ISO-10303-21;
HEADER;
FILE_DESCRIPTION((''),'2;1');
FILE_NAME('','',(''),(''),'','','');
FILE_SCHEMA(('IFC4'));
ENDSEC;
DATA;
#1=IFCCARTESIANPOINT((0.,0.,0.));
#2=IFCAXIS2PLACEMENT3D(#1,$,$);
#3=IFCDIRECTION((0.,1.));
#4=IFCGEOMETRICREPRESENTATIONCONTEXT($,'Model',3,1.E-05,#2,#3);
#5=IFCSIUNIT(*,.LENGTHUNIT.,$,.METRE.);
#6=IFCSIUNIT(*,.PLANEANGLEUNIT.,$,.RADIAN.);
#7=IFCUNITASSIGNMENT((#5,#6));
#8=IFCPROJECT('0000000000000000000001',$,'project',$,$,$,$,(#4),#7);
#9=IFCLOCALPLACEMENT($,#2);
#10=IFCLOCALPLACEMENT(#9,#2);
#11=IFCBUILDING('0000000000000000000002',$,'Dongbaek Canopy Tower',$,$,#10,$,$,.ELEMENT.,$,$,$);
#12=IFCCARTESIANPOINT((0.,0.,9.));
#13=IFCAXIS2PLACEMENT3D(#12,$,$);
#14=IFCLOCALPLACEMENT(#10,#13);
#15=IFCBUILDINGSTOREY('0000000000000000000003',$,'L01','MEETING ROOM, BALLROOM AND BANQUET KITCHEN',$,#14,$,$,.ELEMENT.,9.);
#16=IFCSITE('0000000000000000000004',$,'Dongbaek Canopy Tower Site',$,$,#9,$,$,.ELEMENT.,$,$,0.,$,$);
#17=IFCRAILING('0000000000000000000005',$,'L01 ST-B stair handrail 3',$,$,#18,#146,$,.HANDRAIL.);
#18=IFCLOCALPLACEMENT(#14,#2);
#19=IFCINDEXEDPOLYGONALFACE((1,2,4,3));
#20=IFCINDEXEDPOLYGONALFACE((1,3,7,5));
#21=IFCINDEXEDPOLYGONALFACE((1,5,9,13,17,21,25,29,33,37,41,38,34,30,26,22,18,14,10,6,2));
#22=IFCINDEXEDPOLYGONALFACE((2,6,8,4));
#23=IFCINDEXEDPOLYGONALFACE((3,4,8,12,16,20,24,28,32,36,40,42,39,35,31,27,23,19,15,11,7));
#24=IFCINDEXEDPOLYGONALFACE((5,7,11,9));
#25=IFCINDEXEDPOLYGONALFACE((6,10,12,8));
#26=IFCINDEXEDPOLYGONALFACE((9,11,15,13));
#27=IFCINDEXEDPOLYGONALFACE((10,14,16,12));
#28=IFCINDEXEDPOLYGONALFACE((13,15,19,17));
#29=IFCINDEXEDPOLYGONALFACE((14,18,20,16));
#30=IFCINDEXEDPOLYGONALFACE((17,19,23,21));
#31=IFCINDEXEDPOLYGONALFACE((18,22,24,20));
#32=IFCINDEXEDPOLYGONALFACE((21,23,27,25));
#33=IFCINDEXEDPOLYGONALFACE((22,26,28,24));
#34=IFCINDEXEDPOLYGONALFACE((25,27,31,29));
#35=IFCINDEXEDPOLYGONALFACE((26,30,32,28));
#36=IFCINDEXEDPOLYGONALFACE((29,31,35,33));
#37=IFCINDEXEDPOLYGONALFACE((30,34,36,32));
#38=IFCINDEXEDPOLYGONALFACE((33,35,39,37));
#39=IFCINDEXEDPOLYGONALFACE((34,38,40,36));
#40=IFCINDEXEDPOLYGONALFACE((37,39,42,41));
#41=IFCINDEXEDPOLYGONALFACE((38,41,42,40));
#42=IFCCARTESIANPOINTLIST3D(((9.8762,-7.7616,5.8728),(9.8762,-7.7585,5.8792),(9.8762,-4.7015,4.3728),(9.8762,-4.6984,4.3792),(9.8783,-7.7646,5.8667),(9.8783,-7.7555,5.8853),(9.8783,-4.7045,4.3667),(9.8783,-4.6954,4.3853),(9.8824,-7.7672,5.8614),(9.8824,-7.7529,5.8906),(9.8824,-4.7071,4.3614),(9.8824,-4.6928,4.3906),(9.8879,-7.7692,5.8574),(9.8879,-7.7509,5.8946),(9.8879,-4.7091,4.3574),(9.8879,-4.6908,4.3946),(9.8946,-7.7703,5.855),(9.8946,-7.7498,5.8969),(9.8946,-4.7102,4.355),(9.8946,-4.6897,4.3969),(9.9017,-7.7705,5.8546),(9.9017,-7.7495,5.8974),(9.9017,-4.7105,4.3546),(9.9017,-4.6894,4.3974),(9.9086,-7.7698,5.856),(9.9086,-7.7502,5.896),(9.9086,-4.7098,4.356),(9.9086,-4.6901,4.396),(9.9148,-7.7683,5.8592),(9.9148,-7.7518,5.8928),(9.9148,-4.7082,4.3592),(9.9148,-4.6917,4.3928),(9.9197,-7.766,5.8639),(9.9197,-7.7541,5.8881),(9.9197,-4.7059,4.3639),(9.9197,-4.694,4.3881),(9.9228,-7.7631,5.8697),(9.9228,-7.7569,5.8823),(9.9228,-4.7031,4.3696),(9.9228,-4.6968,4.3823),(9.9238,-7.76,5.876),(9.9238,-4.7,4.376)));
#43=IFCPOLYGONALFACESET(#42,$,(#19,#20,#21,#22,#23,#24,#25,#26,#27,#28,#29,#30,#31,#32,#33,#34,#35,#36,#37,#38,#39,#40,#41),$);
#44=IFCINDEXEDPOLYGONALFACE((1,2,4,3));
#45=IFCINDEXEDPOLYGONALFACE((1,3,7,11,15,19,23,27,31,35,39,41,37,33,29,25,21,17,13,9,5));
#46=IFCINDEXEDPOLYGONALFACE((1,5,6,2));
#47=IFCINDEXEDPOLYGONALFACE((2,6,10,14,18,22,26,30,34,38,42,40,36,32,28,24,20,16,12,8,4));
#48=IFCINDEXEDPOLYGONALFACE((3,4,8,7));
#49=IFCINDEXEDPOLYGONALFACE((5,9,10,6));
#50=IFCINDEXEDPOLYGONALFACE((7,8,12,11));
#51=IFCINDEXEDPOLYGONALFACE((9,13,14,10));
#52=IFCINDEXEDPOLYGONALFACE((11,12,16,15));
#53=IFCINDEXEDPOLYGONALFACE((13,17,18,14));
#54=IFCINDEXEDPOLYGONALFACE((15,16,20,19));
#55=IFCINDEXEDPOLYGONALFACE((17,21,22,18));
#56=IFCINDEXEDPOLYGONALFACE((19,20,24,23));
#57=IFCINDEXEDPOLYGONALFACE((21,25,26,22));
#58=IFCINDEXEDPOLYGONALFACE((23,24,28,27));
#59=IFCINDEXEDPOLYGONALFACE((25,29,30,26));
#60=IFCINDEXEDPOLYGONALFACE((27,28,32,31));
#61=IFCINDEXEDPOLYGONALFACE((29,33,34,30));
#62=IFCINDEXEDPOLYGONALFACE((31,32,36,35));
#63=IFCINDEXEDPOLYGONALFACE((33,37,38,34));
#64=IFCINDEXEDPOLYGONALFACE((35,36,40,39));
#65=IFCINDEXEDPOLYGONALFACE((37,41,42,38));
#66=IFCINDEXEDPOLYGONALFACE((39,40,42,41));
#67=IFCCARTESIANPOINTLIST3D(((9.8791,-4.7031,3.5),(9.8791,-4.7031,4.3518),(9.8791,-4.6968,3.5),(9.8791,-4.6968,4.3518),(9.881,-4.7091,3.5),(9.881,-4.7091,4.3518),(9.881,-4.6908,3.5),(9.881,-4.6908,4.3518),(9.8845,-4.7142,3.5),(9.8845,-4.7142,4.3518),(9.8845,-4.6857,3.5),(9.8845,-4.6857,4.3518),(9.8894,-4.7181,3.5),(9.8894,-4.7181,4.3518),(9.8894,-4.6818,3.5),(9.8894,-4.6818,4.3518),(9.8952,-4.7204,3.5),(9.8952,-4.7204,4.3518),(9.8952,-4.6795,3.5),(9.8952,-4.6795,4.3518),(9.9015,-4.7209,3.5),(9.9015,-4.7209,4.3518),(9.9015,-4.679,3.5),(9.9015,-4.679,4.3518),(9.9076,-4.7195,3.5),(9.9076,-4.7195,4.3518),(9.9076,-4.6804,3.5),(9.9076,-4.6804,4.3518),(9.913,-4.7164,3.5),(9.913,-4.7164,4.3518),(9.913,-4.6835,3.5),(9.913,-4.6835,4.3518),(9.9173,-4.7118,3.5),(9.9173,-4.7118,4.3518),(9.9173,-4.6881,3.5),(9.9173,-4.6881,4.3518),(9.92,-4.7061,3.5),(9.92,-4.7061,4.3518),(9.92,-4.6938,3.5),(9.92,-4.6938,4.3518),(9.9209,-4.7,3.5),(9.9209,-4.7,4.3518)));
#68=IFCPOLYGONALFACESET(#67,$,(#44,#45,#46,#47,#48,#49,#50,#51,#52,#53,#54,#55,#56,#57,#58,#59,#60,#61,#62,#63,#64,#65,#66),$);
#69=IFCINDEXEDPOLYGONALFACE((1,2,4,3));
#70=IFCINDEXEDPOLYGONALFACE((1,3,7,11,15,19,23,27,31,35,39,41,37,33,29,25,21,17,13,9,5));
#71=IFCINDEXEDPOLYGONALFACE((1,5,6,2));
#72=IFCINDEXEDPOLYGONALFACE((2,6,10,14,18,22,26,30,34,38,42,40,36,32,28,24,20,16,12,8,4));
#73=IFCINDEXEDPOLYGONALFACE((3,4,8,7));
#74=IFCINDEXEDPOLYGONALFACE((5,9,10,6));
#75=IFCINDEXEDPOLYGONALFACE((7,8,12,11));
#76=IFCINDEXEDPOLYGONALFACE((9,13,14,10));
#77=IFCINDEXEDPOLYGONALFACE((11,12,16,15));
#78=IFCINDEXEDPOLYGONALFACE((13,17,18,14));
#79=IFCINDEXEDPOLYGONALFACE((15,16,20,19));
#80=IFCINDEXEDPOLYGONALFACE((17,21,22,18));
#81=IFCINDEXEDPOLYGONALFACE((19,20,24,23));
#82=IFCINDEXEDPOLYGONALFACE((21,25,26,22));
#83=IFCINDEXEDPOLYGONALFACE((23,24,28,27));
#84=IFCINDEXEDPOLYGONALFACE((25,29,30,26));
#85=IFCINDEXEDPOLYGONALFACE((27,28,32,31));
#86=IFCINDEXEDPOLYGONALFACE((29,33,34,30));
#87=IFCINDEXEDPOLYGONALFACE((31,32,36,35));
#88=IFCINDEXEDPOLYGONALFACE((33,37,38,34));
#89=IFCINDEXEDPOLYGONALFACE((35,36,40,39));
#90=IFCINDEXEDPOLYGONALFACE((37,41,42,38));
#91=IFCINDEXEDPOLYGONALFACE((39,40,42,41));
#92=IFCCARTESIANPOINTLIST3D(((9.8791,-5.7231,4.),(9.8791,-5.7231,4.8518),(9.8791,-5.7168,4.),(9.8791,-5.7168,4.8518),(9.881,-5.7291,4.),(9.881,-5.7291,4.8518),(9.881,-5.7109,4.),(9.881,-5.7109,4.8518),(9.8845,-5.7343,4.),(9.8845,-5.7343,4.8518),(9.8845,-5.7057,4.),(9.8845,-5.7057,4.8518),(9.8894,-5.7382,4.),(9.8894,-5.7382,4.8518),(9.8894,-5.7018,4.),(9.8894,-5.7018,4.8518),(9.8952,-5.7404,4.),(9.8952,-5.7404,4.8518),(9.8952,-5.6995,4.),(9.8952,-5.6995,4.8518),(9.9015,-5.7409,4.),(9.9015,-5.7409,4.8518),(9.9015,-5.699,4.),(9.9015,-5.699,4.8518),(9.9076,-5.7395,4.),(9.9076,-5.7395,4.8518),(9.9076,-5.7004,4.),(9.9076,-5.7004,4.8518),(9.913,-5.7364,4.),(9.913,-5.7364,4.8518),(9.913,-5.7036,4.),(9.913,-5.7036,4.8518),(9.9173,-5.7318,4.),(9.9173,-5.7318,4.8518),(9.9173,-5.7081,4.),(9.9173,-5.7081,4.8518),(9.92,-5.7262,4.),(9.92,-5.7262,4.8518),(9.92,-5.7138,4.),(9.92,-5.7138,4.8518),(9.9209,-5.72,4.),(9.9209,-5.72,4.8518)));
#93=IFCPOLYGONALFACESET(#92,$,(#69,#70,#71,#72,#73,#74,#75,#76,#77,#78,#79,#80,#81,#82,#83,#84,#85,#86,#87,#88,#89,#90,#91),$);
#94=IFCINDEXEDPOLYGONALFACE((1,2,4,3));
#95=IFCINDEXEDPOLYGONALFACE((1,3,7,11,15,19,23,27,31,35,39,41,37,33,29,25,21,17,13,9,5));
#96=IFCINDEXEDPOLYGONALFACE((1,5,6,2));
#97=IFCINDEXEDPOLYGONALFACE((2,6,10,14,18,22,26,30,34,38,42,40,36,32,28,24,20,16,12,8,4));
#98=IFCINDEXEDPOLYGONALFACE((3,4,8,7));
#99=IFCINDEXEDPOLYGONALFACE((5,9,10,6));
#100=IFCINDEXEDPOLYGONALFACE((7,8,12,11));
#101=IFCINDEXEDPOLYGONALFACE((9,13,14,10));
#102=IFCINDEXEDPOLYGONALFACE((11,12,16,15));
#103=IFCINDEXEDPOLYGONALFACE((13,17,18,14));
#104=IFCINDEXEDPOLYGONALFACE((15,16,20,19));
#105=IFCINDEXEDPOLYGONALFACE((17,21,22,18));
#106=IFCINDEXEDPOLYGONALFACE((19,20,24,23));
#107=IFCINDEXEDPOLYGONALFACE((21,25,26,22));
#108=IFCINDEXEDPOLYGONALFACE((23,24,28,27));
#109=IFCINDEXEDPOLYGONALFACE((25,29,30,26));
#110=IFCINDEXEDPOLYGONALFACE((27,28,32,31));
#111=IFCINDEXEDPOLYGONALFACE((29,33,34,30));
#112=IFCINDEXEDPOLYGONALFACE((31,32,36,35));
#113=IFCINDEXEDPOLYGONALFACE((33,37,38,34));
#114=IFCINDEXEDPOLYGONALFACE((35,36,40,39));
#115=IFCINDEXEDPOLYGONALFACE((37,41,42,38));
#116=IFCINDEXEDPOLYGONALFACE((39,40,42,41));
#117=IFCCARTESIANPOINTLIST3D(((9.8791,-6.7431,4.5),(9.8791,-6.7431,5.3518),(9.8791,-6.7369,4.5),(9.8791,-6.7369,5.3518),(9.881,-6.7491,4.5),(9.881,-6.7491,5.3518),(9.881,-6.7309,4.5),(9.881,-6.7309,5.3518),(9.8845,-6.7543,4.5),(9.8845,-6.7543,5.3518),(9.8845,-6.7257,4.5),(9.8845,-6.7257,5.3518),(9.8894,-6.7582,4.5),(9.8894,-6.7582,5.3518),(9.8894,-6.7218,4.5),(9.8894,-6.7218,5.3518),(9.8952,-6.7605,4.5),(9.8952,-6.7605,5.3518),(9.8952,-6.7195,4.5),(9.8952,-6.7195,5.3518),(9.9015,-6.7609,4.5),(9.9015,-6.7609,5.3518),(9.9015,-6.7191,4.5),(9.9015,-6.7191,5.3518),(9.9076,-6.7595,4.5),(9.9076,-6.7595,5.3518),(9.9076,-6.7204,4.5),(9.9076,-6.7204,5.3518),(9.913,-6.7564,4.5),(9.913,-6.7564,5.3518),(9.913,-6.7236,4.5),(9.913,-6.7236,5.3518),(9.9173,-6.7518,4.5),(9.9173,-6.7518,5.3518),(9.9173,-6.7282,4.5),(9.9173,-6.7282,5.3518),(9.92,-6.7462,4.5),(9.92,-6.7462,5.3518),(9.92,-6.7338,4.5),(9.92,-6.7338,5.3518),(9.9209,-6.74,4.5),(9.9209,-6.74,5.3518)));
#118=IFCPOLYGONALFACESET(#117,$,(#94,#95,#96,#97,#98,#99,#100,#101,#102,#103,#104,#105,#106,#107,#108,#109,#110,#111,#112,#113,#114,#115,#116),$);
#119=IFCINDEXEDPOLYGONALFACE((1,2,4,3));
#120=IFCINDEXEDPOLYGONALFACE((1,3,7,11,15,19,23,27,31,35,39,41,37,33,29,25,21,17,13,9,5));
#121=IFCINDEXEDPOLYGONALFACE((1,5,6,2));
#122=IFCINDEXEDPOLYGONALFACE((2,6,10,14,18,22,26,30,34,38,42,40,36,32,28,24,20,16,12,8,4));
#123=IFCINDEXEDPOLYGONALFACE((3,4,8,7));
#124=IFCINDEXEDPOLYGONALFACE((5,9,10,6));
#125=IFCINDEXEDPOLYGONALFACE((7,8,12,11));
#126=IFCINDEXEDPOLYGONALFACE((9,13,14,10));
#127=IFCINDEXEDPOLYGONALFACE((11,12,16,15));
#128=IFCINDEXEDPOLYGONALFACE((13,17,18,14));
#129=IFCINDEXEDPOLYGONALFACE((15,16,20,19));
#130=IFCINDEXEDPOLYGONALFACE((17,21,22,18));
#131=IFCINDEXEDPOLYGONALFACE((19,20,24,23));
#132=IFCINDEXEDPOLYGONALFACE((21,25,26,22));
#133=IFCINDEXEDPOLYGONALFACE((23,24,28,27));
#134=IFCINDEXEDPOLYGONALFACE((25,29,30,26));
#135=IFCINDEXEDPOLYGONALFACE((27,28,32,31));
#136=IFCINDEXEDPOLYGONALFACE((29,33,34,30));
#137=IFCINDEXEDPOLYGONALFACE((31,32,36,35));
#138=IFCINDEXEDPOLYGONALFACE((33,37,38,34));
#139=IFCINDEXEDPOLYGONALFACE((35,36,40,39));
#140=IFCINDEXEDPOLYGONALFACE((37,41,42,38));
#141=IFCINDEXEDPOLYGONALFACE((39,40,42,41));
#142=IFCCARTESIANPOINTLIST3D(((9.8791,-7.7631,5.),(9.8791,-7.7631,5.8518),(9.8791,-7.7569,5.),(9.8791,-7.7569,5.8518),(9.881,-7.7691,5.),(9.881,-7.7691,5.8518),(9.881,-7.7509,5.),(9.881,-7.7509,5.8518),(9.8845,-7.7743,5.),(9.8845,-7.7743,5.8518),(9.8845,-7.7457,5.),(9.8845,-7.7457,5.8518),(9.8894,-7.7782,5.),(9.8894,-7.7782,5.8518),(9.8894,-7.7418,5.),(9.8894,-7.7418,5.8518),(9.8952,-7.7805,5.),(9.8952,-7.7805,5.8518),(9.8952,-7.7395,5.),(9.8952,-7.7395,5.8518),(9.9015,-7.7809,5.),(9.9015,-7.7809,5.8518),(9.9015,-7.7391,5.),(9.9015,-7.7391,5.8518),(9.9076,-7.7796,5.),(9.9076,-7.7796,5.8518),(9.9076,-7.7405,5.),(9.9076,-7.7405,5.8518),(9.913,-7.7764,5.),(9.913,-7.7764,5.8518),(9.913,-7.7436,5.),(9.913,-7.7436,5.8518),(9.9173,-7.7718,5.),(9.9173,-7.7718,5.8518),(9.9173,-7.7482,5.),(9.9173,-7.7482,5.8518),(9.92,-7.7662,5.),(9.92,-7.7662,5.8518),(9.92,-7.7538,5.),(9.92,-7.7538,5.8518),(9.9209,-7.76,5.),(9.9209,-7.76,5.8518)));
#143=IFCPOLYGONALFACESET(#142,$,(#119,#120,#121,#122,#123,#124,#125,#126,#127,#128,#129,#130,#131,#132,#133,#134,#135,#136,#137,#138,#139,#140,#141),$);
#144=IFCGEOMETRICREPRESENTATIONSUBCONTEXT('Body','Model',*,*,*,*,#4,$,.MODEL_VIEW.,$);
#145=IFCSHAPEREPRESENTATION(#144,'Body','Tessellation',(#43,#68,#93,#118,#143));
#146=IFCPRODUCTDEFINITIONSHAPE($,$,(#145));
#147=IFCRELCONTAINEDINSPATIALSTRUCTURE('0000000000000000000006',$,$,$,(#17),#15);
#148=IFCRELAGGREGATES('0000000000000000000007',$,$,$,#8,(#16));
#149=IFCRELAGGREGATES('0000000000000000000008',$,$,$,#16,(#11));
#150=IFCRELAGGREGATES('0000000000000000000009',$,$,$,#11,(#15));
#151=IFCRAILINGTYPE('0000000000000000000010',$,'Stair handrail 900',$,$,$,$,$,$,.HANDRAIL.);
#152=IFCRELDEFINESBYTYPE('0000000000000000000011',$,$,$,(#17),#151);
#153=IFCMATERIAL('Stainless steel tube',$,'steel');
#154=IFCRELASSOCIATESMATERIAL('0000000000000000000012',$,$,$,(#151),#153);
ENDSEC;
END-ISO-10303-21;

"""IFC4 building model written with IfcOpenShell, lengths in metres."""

from ifc_helpers import new_model, si_unit, direction, frame, origin, origin_2d, place, context, subcontext, project, spatial, circle, extrude, material, type_object, element, save


model = new_model("IFC4")

# Units and contexts
model_context = context("Model", 3, precision=1e-05, world=origin(), true_north=direction((0.0, 1.0)))
body_context = subcontext(model_context, "Body", "Model", "MODEL_VIEW")
ifc_project = project(units=[si_unit("LENGTHUNIT", "METRE"), si_unit("PLANEANGLEUNIT", "RADIAN")], contexts=[model_context])

# Site, building, storey
site_placement = place(None, origin())
site = spatial("IfcSite", under=ifc_project, at=site_placement, Name="Dongbaek Canopy Tower Site", CompositionType="ELEMENT", RefElevation=0.0)
building_placement = place(site_placement, origin())
building = spatial("IfcBuilding", under=site, at=building_placement, Name="Dongbaek Canopy Tower", CompositionType="ELEMENT")
storey_placement = place(building_placement, frame((0.0, 0.0, 9.0)))
storey = spatial("IfcBuildingStorey", under=building, at=storey_placement, Name="L01", Description="MEETING ROOM, BALLROOM AND BANQUET KITCHEN", CompositionType="ELEMENT", Elevation=9.0)

# Railing
ifc_material_1 = material(Name="Stainless steel tube", Category="steel")
railing_type_1 = type_object("IfcRailingType", Name="Stair handrail 900", PredefinedType="HANDRAIL", material=ifc_material_1)
for number, where, name in (
    (1, (9.8999, -4.7, 3.5), "L01 ST-B stair handrail 3"),
):
    element("IfcRailing", number, at=place(storey_placement, frame(where)), inside=storey, type_object=railing_type_1, Name=name, PredefinedType="HANDRAIL", context=body_context, shape_type="SweptSolid", body=[
        extrude(circle(Radius=0.0239, at=origin_2d()), frame((0.0, 0.0, 0.876), z_axis=(0.0, -0.897924, 0.44015), x_axis=(1.0, 0.0, 0.0)), (0.0, 0.0, 1.0), 3.408),
        extrude(circle(Radius=0.021, at=origin_2d()), origin(), (0.0, 0.0, 1.0), 0.8518),
        extrude(circle(Radius=0.021, at=origin_2d()), frame((0.0, -1.02, 0.5)), (0.0, 0.0, 1.0), 0.8518),
        extrude(circle(Radius=0.021, at=origin_2d()), frame((0.0, -2.04, 1.0)), (0.0, 0.0, 1.0), 0.8518),
        extrude(circle(Radius=0.021, at=origin_2d()), frame((0.0, -3.0601, 1.5)), (0.0, 0.0, 1.0), 0.8518),
    ])

save(model, "model.ifc")
